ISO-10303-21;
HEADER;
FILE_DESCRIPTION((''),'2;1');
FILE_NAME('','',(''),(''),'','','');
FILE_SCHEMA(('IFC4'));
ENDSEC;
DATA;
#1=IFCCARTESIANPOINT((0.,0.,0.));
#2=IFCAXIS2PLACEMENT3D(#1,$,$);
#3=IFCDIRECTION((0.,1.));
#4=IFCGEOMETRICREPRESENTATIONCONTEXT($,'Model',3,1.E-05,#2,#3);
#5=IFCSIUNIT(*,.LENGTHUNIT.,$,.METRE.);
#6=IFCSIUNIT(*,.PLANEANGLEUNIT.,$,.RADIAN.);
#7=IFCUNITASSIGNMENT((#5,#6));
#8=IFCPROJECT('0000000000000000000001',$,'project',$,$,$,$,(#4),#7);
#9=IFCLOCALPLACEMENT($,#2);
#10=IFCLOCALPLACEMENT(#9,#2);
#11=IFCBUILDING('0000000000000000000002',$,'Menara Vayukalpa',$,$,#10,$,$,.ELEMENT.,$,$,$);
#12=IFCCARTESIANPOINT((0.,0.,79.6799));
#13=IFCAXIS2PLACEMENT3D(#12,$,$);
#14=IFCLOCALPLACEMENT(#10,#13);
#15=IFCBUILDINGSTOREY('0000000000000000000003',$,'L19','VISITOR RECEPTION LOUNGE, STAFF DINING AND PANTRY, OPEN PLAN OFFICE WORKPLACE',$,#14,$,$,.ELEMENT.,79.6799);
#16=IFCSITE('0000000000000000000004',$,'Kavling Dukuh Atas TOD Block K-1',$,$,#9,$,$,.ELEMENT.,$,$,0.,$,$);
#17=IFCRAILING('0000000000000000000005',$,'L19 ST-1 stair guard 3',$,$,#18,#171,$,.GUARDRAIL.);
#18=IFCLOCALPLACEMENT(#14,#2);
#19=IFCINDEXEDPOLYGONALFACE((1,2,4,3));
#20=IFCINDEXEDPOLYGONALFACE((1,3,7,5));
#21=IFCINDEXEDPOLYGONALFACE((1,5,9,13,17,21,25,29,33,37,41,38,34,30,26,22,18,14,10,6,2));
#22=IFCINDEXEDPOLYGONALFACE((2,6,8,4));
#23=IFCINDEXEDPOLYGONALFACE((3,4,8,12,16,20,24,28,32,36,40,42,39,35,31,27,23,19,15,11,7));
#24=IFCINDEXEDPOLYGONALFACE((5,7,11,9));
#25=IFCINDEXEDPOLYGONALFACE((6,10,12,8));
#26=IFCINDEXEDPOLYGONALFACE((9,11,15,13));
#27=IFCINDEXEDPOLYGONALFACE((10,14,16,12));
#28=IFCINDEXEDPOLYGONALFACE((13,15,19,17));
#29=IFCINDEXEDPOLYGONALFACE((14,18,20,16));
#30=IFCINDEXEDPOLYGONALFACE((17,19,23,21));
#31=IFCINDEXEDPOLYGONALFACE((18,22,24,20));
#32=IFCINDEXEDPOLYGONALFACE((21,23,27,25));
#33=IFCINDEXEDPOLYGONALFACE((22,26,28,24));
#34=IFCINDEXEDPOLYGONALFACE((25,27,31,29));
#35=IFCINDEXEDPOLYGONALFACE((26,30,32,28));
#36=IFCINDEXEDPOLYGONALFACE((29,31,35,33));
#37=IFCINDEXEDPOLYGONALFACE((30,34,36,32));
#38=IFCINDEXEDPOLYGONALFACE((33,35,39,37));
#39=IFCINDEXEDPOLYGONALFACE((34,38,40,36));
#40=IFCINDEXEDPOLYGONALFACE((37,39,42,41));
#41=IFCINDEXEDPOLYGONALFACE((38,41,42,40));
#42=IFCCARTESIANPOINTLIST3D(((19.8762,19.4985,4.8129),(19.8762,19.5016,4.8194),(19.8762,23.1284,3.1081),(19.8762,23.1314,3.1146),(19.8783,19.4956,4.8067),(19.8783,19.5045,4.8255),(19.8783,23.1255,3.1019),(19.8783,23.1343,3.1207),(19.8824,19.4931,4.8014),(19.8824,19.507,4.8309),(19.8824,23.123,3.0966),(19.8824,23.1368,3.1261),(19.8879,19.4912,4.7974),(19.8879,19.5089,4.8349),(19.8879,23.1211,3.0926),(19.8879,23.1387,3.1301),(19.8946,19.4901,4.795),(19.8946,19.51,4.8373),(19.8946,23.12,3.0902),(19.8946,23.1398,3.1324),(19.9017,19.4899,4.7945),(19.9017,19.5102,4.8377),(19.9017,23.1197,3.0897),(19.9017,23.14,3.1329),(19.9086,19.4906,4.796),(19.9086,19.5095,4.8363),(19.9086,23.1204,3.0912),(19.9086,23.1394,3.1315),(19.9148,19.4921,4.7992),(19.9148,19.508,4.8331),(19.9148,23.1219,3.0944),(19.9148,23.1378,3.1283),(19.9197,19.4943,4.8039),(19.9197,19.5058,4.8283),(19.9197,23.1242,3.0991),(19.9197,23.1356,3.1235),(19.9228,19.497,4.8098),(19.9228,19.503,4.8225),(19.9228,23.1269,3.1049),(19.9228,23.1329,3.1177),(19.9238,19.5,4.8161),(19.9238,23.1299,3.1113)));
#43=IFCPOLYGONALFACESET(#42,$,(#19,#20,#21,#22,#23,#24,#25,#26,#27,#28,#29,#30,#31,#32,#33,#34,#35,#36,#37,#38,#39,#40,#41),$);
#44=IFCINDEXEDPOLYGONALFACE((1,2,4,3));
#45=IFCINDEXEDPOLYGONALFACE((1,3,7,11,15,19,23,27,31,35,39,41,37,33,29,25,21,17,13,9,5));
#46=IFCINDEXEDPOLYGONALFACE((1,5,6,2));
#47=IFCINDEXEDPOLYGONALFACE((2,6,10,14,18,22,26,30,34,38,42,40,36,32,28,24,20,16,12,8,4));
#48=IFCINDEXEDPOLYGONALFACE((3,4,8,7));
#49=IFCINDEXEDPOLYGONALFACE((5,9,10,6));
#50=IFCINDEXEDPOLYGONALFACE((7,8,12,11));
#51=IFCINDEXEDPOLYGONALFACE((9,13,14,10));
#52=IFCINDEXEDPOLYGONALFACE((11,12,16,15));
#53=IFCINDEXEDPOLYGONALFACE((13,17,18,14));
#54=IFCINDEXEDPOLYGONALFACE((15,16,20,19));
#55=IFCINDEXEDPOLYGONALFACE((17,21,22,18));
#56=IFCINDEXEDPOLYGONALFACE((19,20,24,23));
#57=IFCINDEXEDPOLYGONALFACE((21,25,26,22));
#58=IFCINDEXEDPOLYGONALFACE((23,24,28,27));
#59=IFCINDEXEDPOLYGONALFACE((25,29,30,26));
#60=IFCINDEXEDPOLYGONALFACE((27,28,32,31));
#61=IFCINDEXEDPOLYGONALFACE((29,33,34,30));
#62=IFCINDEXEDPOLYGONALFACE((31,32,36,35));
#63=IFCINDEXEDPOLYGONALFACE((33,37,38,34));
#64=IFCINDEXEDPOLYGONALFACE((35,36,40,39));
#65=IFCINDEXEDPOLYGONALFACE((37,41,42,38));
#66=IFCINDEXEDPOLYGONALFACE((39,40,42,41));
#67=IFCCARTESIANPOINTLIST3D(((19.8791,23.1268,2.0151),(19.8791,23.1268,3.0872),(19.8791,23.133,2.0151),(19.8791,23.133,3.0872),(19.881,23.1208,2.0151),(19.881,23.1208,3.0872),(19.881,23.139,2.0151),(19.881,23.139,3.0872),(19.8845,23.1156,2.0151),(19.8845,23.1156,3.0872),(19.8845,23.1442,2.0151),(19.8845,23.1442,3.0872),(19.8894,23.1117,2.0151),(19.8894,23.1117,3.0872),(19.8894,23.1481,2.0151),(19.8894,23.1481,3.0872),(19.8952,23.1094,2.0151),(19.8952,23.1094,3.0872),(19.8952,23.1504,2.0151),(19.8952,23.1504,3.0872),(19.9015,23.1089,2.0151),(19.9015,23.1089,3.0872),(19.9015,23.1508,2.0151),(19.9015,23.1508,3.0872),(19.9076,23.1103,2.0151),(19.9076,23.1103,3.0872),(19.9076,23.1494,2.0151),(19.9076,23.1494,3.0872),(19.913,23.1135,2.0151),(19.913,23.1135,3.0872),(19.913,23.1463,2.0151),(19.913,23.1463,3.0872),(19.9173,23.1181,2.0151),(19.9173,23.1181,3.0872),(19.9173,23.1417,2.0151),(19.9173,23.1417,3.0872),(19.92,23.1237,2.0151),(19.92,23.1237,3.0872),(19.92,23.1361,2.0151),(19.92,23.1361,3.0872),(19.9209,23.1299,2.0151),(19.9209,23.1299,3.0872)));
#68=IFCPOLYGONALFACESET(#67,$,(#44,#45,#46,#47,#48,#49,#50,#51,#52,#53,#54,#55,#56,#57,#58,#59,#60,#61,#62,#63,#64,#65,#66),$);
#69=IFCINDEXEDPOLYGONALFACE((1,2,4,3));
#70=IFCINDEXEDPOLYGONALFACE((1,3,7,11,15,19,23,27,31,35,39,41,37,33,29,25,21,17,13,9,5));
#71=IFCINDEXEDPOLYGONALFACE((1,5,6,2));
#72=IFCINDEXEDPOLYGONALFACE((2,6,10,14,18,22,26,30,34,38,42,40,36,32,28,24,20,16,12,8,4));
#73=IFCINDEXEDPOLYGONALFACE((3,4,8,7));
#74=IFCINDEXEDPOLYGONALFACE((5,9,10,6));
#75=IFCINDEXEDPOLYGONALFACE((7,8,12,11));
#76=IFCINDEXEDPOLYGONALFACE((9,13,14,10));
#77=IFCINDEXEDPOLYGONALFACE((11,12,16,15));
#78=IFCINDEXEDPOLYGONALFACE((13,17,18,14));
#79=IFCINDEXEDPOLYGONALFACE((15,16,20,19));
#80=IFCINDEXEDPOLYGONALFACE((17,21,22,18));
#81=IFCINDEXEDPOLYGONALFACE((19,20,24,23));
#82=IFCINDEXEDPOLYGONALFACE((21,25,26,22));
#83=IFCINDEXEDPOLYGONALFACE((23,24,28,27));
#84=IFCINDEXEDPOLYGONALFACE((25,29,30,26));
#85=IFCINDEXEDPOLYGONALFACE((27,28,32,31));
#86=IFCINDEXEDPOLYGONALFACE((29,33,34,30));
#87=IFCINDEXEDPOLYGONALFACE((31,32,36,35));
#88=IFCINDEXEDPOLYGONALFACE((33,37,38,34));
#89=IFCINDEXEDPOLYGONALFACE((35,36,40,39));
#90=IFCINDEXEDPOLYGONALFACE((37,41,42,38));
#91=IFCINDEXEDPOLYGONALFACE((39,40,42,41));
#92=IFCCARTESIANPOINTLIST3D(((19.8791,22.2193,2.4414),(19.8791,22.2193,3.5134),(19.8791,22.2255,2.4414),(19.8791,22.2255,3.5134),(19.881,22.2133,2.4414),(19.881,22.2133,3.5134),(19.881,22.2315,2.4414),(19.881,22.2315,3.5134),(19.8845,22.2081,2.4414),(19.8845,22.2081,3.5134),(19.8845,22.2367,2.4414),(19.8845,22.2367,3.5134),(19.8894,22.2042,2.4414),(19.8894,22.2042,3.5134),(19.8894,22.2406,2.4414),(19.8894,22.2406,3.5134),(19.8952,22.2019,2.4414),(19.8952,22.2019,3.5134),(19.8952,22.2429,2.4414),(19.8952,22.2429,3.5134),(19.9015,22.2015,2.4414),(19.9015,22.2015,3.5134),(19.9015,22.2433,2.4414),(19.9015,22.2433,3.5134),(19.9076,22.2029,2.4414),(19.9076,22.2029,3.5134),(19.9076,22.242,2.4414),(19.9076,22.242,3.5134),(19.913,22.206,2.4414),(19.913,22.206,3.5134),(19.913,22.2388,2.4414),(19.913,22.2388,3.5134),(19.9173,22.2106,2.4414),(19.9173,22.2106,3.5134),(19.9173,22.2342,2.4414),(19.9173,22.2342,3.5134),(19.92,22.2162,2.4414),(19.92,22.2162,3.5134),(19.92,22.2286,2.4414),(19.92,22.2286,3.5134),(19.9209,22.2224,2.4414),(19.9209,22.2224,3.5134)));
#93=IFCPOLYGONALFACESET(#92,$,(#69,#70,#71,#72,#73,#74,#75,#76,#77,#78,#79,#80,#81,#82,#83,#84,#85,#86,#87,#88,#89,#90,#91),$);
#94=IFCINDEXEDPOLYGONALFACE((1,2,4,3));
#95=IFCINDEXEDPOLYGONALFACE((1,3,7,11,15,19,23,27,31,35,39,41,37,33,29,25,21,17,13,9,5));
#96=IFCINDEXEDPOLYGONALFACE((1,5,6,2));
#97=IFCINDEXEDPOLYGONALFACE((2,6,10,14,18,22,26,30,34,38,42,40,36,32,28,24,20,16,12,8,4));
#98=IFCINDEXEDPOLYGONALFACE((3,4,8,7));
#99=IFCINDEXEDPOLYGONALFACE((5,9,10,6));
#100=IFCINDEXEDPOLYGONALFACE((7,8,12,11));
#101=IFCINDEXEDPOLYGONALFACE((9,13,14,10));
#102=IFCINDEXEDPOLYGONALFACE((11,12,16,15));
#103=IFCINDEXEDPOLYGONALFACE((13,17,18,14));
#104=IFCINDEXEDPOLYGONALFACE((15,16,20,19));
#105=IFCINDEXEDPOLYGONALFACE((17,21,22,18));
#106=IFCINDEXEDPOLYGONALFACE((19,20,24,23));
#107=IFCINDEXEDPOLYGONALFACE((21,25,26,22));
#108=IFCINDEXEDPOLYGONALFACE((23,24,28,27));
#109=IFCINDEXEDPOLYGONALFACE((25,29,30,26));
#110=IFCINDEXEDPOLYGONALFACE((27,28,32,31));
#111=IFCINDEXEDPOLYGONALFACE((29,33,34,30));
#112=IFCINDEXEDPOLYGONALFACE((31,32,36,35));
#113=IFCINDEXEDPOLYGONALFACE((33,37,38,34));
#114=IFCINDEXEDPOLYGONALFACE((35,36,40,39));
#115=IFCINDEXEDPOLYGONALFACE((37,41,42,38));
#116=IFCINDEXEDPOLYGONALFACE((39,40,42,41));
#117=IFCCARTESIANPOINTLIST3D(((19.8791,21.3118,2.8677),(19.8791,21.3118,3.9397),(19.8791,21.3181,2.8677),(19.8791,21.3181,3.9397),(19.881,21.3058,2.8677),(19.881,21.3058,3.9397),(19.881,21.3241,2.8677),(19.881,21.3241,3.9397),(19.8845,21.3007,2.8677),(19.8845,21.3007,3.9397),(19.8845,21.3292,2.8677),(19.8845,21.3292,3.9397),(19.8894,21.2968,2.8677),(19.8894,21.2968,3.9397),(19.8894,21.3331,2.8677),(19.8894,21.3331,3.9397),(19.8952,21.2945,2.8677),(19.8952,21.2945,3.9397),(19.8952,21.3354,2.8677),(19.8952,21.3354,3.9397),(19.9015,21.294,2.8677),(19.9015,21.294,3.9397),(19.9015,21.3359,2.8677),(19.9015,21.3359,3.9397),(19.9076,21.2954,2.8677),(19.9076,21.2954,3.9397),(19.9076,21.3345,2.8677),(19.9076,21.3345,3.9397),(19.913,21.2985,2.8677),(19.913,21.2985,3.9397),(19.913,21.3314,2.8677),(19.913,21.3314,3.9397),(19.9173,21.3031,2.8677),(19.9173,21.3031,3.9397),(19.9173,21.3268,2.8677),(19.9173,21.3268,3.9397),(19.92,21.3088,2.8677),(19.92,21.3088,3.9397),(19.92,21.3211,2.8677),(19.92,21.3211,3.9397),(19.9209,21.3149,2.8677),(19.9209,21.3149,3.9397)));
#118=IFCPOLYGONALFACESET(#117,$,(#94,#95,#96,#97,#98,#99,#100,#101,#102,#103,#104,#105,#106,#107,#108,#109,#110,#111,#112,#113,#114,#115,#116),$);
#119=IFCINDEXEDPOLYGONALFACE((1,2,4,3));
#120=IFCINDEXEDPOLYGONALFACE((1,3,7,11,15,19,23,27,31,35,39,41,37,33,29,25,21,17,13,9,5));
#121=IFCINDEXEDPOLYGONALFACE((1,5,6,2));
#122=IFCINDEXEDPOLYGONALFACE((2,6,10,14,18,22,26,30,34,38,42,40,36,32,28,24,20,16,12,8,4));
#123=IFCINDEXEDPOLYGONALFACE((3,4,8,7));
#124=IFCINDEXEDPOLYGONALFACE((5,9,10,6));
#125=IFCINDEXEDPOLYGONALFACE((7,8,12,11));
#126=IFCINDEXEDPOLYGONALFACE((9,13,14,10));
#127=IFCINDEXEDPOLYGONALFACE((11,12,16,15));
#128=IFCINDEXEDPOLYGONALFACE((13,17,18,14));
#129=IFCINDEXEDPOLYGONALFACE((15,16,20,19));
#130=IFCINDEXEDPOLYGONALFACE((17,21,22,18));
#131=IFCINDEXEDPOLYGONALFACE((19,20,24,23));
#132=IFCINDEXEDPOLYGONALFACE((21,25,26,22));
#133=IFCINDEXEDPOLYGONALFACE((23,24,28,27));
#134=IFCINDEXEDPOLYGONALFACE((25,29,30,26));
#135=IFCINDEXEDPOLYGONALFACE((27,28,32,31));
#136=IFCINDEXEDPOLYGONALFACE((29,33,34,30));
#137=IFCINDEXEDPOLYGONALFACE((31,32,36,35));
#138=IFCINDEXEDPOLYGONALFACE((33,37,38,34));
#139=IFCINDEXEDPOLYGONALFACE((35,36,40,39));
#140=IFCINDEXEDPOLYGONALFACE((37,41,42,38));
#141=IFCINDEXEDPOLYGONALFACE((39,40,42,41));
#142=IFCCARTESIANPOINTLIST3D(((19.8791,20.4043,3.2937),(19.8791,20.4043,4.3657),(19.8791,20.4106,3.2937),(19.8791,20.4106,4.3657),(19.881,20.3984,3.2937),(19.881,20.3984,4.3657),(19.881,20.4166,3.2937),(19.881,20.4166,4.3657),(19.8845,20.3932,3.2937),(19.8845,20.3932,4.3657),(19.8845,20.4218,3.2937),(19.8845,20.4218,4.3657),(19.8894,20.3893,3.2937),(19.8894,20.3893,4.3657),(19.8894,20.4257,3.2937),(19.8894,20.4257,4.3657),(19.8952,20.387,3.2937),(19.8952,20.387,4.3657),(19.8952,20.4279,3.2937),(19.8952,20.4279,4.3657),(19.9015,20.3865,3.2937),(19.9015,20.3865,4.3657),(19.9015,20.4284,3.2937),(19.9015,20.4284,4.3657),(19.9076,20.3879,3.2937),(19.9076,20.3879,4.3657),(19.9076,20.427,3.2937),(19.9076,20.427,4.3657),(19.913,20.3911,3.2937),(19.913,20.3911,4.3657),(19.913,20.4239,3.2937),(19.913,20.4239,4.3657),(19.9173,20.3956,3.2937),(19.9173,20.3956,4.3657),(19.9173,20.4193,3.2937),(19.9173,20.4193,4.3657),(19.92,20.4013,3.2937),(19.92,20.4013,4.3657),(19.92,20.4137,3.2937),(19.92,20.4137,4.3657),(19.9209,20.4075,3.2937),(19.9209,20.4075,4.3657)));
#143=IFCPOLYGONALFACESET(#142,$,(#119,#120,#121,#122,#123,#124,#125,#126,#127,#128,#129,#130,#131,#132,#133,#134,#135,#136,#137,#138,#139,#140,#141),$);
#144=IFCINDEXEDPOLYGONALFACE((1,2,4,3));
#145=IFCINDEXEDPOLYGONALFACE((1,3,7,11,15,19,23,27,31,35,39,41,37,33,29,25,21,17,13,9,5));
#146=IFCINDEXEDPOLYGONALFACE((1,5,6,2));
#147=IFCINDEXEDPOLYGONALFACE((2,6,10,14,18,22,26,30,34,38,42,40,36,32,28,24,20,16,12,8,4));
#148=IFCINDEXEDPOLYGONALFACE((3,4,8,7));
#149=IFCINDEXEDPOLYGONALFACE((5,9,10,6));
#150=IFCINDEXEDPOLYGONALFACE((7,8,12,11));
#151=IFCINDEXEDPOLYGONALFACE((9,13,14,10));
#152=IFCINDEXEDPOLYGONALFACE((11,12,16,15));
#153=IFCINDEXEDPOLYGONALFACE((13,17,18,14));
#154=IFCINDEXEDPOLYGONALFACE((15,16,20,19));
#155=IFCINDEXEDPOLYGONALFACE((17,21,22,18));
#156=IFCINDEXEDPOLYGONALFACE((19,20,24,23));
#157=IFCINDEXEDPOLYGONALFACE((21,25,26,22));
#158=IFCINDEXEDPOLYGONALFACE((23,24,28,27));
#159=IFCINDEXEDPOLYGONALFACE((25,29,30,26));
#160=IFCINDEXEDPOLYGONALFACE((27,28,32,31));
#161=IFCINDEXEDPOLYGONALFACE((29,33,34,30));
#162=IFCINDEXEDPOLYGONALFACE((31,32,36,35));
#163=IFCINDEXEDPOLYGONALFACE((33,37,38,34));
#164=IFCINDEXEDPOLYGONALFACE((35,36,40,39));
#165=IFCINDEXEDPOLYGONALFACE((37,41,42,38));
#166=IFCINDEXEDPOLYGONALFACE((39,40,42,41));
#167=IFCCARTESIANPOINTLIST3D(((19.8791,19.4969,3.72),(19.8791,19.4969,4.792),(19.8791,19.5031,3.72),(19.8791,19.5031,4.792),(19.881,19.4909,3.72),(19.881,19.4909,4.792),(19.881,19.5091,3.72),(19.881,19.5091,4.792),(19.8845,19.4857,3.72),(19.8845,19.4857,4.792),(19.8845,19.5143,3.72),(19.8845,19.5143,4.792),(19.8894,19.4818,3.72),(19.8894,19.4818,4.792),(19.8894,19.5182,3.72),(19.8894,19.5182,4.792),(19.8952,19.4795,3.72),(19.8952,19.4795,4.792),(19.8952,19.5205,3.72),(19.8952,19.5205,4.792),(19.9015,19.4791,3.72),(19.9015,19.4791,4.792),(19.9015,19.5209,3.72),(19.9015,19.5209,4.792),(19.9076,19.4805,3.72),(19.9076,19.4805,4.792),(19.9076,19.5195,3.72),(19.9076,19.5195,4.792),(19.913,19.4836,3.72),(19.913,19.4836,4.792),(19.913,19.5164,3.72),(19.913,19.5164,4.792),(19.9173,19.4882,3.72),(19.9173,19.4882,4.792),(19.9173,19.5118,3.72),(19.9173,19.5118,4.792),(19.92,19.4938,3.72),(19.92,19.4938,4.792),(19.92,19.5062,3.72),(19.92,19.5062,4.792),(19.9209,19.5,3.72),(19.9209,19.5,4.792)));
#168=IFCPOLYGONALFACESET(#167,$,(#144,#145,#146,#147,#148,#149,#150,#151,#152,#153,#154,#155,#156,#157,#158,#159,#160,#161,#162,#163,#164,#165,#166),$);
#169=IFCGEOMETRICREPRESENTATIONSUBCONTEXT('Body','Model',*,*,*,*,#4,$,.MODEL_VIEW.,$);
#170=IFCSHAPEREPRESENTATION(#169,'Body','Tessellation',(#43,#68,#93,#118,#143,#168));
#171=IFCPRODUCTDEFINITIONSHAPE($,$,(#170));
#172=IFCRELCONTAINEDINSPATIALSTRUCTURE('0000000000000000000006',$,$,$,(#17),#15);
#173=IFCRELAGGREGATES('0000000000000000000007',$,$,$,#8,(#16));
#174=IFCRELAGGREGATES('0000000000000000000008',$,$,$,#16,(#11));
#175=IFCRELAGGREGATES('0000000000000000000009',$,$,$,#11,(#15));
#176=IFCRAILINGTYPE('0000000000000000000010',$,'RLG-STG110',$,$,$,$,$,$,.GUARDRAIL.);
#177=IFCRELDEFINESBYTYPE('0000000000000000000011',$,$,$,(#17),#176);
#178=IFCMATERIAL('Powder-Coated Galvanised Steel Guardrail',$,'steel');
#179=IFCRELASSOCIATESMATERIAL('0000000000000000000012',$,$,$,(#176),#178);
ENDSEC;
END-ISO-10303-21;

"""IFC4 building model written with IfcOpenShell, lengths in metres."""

from ifc_helpers import new_model, si_unit, direction, frame, origin, origin_2d, place, context, subcontext, project, spatial, circle, extrude, material, type_object, element, save


model = new_model("IFC4")

# Units and contexts
model_context = context("Model", 3, precision=1e-05, world=origin(), true_north=direction((0.0, 1.0)))
body_context = subcontext(model_context, "Body", "Model", "MODEL_VIEW")
ifc_project = project(units=[si_unit("LENGTHUNIT", "METRE"), si_unit("PLANEANGLEUNIT", "RADIAN")], contexts=[model_context])

# Site, building, storey
site_placement = place(None, origin())
site = spatial("IfcSite", under=ifc_project, at=site_placement, Name="Kavling Dukuh Atas TOD Block K-1", CompositionType="ELEMENT", RefElevation=0.0)
building_placement = place(site_placement, origin())
building = spatial("IfcBuilding", under=site, at=building_placement, Name="Menara Vayukalpa", CompositionType="ELEMENT")
storey_placement = place(building_placement, frame((0.0, 0.0, 79.6799)))
storey = spatial("IfcBuildingStorey", under=building, at=storey_placement, Name="L19", Description="VISITOR RECEPTION LOUNGE, STAFF DINING AND PANTRY, OPEN PLAN OFFICE WORKPLACE", CompositionType="ELEMENT", Elevation=79.6799)

# Railing
ifc_material_1 = material(Name="Powder-Coated Galvanised Steel Guardrail", Category="steel")
railing_type_1 = type_object("IfcRailingType", Name="RLG-STG110", PredefinedType="GUARDRAIL", material=ifc_material_1)
railing_1_placement = place(storey_placement, frame((19.8999, 23.1299, 2.0151)))
element("IfcRailing", 1, at=railing_1_placement, inside=storey, type_object=railing_type_1, Name="L19 ST-1 stair guard 3", PredefinedType="GUARDRAIL", context=body_context, shape_type="SweptSolid", body=[
    extrude(circle(Radius=0.0239, at=origin_2d()), frame((0.0, 0.0, 1.0962), z_axis=(0.0, -0.90514, 0.425114), x_axis=(1.0, 0.0, 0.0)), (0.0, 0.0, 1.0), 4.0103),
    extrude(circle(Radius=0.021, at=origin_2d()), origin(), (0.0, 0.0, 1.0), 1.072),
    extrude(circle(Radius=0.021, at=origin_2d()), frame((0.0, -0.9075, 0.4263)), (0.0, 0.0, 1.0), 1.072),
    extrude(circle(Radius=0.021, at=origin_2d()), frame((0.0, -1.8149, 0.8525)), (0.0, 0.0, 1.0), 1.072),
    extrude(circle(Radius=0.021, at=origin_2d()), frame((0.0, -2.7224, 1.2786)), (0.0, 0.0, 1.0), 1.072),
    extrude(circle(Radius=0.021, at=origin_2d()), frame((0.0, -3.6299, 1.7048)), (0.0, 0.0, 1.0), 1.072),
])

save(model, "model.ifc")
